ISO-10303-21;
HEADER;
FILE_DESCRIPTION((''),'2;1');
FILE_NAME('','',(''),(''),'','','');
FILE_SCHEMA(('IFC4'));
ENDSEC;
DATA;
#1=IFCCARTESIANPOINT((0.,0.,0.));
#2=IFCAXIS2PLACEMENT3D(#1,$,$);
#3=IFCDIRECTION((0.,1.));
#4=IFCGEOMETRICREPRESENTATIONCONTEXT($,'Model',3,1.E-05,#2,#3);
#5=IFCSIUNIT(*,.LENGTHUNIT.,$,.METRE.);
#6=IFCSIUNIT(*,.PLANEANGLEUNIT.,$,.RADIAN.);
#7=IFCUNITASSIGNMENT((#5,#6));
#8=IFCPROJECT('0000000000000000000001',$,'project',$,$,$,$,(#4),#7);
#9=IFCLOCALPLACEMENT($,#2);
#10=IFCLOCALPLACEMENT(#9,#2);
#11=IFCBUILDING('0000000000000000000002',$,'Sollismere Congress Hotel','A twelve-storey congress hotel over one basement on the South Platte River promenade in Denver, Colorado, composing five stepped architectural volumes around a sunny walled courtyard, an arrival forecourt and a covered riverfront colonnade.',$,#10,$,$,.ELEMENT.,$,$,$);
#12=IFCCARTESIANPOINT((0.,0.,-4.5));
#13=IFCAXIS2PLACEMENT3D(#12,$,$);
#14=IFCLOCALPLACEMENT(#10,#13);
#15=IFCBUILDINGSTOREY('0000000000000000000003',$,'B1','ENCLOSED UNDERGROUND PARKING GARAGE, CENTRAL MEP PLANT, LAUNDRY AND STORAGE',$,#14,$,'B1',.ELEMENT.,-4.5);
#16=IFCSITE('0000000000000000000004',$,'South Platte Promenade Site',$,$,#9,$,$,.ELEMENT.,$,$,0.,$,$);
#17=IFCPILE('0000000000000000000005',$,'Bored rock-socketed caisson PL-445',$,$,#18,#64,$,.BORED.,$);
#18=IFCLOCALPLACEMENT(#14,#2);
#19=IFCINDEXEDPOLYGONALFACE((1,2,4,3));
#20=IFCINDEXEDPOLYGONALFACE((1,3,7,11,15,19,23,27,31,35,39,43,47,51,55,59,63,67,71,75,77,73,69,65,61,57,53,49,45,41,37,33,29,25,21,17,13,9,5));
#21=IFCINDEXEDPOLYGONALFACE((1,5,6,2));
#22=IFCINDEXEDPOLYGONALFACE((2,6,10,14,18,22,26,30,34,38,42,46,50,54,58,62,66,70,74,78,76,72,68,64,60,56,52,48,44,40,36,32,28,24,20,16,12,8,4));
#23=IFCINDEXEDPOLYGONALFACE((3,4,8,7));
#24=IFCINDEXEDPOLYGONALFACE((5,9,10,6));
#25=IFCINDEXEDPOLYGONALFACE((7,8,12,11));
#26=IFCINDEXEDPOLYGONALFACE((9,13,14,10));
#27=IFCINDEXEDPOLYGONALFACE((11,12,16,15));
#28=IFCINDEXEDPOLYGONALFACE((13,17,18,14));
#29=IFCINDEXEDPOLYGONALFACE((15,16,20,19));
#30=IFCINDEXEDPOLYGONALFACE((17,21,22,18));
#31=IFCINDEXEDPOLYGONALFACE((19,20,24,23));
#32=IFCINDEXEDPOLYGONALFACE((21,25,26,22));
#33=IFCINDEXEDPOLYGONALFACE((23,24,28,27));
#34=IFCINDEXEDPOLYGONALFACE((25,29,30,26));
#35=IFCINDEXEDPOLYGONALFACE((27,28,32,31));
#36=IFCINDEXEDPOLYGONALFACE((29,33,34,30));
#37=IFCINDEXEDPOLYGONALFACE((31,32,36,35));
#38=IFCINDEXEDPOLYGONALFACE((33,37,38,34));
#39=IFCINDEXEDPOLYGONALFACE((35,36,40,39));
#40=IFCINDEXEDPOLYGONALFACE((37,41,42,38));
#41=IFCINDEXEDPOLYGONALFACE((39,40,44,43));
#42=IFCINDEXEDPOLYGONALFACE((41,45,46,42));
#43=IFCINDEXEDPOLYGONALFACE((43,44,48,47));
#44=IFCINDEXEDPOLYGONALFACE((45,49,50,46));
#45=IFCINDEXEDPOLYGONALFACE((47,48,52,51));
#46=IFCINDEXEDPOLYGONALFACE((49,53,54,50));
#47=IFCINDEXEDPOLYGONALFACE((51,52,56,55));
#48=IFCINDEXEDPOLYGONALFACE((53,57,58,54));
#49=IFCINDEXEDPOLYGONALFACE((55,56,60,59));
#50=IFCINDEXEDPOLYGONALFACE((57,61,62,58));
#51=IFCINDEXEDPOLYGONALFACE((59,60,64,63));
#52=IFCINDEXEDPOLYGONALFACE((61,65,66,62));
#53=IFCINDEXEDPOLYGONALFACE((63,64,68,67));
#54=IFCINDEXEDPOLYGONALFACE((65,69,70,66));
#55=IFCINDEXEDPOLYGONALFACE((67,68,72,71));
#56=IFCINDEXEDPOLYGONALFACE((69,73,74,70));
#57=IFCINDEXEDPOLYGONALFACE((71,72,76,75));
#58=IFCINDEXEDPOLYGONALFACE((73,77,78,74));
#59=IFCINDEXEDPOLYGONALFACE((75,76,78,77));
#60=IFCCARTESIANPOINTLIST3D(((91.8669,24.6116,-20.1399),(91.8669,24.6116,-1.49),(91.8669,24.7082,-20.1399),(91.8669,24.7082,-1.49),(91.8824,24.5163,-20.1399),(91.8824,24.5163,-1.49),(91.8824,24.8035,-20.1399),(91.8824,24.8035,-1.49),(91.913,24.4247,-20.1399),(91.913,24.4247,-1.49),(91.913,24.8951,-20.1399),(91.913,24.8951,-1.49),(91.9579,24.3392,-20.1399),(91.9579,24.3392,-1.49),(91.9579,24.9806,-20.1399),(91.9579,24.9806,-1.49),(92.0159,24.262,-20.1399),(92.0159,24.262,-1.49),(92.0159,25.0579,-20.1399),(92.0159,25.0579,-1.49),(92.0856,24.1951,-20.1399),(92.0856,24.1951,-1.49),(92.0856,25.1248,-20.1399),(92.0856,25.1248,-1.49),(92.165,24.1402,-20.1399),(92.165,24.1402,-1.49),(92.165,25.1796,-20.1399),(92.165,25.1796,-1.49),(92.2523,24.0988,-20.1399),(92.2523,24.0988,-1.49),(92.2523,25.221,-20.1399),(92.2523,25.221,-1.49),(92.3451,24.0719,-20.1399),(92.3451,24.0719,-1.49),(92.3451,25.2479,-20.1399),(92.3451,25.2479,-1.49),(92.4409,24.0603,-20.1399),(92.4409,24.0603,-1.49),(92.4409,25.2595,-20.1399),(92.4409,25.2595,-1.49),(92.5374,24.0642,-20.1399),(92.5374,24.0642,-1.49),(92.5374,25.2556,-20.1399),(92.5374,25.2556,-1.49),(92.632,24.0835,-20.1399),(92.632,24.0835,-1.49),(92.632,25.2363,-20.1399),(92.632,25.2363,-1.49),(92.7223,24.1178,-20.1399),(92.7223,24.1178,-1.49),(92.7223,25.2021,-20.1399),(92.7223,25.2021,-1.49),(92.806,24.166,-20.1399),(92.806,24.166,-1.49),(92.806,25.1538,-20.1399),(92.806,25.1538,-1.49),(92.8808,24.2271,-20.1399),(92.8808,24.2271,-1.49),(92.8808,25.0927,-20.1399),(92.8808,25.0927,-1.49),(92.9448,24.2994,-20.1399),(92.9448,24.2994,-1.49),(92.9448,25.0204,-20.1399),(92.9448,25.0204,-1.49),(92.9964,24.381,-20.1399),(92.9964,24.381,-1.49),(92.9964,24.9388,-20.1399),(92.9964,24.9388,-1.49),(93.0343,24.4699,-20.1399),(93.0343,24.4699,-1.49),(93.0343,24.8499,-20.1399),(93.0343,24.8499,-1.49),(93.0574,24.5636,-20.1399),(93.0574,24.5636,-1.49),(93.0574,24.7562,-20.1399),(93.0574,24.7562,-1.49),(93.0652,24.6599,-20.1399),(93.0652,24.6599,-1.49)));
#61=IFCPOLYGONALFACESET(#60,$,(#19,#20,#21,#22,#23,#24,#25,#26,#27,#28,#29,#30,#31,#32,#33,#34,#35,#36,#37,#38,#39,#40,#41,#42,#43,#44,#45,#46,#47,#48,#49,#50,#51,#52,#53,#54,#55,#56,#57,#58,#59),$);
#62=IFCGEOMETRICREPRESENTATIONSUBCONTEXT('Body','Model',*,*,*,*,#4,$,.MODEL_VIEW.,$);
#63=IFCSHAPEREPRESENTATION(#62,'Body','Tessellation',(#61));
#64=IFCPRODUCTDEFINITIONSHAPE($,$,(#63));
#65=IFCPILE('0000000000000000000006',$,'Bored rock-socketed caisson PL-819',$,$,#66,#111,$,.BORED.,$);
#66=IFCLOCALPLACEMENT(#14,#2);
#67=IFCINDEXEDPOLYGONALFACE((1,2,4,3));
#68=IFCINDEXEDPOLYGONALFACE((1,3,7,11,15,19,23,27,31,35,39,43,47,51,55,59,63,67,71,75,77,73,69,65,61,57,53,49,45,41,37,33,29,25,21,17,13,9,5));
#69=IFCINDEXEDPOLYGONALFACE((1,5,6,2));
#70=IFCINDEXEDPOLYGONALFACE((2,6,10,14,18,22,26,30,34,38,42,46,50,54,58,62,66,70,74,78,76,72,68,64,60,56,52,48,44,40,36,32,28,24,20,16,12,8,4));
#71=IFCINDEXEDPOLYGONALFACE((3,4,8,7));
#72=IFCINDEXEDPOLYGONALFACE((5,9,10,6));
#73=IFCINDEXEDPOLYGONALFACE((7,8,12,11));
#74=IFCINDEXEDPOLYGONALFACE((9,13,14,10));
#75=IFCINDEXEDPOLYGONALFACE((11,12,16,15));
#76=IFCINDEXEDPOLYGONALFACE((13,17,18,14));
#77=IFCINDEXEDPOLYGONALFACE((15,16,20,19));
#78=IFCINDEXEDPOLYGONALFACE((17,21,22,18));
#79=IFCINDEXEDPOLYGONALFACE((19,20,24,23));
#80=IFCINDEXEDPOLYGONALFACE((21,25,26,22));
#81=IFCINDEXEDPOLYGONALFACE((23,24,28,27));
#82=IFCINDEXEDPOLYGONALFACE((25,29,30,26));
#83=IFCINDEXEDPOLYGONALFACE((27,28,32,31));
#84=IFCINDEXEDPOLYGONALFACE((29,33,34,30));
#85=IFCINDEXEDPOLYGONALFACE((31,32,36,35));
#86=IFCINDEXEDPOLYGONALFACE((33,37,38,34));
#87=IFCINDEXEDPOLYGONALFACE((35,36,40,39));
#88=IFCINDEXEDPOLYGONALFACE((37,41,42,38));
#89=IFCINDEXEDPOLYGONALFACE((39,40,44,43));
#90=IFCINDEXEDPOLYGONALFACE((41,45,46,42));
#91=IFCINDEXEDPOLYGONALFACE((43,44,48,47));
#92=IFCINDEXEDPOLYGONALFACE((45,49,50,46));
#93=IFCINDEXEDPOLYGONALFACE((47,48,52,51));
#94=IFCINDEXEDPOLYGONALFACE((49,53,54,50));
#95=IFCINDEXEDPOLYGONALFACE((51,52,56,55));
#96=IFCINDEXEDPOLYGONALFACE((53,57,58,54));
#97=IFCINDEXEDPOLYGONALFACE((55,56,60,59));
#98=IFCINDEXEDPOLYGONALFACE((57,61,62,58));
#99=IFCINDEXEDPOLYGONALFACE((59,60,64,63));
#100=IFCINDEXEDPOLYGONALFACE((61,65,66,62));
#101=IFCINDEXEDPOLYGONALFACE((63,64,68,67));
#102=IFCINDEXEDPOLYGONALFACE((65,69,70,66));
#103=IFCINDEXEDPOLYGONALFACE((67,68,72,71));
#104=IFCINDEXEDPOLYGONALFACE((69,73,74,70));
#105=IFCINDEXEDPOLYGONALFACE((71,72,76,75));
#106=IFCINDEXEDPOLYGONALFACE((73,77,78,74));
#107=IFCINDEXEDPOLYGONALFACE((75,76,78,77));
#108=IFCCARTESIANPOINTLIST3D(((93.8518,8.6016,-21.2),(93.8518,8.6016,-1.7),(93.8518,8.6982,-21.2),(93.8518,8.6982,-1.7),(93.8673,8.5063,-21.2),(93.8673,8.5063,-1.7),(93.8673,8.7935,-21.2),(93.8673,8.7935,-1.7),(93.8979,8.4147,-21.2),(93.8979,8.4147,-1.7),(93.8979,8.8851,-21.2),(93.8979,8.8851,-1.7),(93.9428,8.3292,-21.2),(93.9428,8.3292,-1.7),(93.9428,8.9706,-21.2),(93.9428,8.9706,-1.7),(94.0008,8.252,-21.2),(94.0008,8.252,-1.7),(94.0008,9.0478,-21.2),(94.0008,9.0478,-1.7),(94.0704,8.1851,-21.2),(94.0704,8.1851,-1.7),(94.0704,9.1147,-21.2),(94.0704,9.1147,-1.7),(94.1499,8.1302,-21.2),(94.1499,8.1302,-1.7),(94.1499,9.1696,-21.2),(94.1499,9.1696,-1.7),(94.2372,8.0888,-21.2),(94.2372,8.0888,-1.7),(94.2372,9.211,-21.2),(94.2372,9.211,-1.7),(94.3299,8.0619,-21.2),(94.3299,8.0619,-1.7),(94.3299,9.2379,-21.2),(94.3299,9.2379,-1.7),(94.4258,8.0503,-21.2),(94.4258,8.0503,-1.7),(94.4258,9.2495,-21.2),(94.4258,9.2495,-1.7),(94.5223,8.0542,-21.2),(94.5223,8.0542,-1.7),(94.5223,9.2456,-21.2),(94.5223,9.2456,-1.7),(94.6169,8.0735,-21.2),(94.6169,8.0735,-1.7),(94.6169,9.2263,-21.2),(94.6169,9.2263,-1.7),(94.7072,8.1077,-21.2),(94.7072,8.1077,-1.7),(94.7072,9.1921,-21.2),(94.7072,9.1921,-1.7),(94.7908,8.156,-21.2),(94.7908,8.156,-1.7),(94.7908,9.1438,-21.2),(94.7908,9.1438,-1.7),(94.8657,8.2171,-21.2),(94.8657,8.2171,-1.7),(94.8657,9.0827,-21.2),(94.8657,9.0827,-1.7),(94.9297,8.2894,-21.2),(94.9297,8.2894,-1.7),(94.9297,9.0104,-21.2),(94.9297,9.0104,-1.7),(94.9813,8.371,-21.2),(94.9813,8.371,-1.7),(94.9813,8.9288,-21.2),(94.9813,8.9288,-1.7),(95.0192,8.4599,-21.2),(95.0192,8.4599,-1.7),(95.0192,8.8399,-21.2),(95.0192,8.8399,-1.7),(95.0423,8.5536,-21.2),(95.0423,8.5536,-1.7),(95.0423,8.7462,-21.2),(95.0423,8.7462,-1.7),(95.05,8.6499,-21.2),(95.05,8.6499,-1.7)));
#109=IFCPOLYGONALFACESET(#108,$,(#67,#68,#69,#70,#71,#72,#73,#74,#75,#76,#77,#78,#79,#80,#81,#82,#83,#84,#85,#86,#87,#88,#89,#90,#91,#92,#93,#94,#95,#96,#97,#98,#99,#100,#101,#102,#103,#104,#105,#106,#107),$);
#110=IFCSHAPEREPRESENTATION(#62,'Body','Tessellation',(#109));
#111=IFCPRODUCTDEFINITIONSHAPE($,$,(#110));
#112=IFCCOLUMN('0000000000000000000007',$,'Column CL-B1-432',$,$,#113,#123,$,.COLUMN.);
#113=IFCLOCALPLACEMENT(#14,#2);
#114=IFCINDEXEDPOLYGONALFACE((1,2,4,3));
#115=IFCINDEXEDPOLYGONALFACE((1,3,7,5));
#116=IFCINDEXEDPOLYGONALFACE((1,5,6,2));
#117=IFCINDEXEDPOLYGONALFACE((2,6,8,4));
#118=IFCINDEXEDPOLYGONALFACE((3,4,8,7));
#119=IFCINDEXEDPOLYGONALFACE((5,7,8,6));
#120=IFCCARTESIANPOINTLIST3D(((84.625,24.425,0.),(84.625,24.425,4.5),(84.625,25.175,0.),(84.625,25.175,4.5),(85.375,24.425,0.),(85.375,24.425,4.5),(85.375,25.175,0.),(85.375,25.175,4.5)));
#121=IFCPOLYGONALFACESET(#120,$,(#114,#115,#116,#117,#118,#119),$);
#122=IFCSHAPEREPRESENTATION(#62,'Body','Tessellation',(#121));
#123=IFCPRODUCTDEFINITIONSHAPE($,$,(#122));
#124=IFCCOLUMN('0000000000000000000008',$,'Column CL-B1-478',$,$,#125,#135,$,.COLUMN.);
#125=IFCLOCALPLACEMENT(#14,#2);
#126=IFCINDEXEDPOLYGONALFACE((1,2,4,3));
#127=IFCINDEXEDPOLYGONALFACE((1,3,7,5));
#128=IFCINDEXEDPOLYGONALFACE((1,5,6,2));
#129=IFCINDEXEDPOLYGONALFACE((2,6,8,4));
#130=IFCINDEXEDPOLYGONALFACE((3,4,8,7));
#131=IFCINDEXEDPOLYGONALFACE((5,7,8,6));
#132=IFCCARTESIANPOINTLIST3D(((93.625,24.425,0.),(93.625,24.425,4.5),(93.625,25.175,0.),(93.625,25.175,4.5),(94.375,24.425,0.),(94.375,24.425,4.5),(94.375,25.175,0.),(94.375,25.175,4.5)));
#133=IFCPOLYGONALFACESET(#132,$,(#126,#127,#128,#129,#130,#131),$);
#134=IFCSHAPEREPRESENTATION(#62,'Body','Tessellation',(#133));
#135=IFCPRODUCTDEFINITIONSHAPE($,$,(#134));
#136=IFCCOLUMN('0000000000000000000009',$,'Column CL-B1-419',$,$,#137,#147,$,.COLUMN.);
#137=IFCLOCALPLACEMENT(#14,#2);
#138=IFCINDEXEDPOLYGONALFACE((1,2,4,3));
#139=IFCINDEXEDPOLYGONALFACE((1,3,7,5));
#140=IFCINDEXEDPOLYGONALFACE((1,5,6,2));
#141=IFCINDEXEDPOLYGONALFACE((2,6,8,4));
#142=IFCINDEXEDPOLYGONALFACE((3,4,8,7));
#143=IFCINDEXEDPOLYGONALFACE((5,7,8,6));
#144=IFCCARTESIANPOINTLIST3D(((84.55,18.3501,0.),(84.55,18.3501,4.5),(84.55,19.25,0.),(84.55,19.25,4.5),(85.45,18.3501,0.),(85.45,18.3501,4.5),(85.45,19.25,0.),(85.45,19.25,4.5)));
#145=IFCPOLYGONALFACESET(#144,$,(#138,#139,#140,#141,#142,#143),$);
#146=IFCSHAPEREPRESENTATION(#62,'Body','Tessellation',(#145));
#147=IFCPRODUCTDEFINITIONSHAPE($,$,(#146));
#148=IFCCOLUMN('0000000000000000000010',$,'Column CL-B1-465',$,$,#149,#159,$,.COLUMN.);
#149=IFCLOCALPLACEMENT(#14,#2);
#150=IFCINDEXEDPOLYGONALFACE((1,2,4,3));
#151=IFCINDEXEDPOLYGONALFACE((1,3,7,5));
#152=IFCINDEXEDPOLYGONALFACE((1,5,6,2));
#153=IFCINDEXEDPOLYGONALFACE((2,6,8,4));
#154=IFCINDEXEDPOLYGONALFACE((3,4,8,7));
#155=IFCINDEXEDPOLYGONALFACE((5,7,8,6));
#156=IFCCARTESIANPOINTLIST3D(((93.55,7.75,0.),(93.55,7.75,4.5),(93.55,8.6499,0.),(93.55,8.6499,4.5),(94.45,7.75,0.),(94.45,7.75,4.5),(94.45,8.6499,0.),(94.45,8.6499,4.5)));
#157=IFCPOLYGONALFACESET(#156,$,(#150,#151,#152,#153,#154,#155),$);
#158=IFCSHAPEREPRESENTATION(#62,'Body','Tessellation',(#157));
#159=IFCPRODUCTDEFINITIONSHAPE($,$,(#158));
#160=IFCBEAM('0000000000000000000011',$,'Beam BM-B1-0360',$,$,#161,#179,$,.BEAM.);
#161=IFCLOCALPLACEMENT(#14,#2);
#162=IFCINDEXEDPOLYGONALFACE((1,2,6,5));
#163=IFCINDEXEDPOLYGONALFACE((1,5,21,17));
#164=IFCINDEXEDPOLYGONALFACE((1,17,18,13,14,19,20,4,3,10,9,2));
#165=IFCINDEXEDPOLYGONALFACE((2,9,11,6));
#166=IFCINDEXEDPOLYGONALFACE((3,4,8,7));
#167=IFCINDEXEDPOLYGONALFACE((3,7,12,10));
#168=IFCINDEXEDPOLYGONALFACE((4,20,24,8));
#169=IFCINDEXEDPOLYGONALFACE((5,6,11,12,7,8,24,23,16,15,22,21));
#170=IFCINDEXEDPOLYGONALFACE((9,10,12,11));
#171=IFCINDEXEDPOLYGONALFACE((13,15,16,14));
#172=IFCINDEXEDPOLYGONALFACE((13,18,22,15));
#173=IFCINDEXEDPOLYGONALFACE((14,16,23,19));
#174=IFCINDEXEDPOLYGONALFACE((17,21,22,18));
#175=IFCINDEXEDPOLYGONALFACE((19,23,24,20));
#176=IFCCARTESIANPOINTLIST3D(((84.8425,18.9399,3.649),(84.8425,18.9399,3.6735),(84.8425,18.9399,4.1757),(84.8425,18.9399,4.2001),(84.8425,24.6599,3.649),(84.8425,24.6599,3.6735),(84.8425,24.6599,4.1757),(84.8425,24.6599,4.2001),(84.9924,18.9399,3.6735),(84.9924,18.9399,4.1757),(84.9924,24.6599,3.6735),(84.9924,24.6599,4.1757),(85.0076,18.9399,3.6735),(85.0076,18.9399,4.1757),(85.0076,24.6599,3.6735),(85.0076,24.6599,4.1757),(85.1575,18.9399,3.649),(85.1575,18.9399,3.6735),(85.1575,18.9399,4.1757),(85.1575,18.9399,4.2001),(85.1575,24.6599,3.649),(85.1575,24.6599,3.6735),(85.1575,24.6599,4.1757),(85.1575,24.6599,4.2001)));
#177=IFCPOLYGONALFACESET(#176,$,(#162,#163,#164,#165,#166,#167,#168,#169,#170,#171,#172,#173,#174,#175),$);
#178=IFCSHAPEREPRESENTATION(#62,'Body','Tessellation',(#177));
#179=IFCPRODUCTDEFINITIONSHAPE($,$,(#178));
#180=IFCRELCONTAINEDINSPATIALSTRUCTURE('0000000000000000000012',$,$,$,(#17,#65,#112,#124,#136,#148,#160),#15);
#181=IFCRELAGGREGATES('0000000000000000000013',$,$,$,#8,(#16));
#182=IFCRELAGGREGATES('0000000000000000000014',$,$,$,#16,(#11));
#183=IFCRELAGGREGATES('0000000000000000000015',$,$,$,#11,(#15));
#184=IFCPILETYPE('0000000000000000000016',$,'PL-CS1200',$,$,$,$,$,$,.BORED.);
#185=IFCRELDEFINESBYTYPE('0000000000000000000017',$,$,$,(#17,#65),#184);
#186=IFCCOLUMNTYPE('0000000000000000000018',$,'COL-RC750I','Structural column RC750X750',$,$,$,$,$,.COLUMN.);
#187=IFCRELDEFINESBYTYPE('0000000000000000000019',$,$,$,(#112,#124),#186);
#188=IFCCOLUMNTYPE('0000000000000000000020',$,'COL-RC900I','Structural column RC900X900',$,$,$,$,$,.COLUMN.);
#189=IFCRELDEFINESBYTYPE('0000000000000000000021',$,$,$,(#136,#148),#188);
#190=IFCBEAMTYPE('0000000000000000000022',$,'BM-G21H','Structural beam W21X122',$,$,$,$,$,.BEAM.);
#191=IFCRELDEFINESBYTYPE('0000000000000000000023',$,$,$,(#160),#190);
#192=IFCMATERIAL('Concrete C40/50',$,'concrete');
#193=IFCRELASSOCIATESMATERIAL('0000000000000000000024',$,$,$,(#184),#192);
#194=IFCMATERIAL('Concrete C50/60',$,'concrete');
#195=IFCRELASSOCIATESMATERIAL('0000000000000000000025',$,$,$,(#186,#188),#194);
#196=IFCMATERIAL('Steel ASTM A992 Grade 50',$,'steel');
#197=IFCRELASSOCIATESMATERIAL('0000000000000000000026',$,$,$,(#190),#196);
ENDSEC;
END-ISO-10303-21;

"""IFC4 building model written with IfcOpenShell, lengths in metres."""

from ifc_helpers import new_model, si_unit, direction, frame, origin, origin_2d, place, context, subcontext, project, spatial, rectangle, circle, i_section, extrude, material, material_profile, profile_set, type_object, element, save


model = new_model("IFC4")

# Units and contexts
model_context = context("Model", 3, precision=1e-05, world=origin(), true_north=direction((0.0, 1.0)))
body_context = subcontext(model_context, "Body", "Model", "MODEL_VIEW")
ifc_project = project(units=[si_unit("LENGTHUNIT", "METRE"), si_unit("PLANEANGLEUNIT", "RADIAN")], contexts=[model_context])

# Site, building, storey
site_placement = place(None, origin())
site = spatial("IfcSite", under=ifc_project, at=site_placement, Name="South Platte Promenade Site", CompositionType="ELEMENT", RefElevation=0.0)
building_placement = place(site_placement, origin())
building = spatial("IfcBuilding", under=site, at=building_placement, Name="Sollismere Congress Hotel", Description="A twelve-storey congress hotel over one basement on the South Platte River promenade in Denver, Colorado, composing five stepped architectural volumes around a sunny walled courtyard, an arrival forecourt and a covered riverfront colonnade.", CompositionType="ELEMENT")
storey_placement = place(building_placement, frame((0.0, 0.0, -4.5)))
storey = spatial("IfcBuildingStorey", under=building, at=storey_placement, Name="B1", Description="ENCLOSED UNDERGROUND PARKING GARAGE, CENTRAL MEP PLANT, LAUNDRY AND STORAGE", LongName="B1", CompositionType="ELEMENT", Elevation=-4.5)

# Shared definitions
ifc_material_1 = material(Name="Concrete C40/50", Category="concrete")

# Piles
ifc_material_profile_1 = material_profile(ifc_material_1, circle(Radius=0.6001, at=origin_2d()), Name="CAISSON1200")
ifc_profile_set_1 = profile_set([ifc_material_profile_1], Name="Concrete C40/50")
pile_type = type_object("IfcPileType", Name="PL-CS1200", PredefinedType="BORED", material=ifc_profile_set_1)
for number, where, z_axis, x_axis, name in (
    (1, (92.4651, 24.6599, -1.49), (0.0, 0.0, -1.0), (1.0, 0.0, 0.0), "Bored rock-socketed caisson PL-445"),
):
    element("IfcPile", number, at=place(storey_placement, frame(where, z_axis=z_axis, x_axis=x_axis)), inside=storey, type_object=pile_type, Name=name, PredefinedType="BORED", context=body_context, shape_type="SweptSolid", body=[
        extrude(circle(Radius=0.6001, at=origin_2d()), origin(), (0.0, 0.0, 1.0), 18.6499),
    ])
pile_1_placement = place(storey_placement, frame((94.45, 8.6499, -1.7), z_axis=(0.0, 0.0, -1.0), x_axis=(1.0, 0.0, 0.0)))
element("IfcPile", 2, at=pile_1_placement, inside=storey, type_object=pile_type, Name="Bored rock-socketed caisson PL-819", PredefinedType="BORED", context=body_context, shape_type="SweptSolid", body=[
    extrude(circle(Radius=0.6001, at=origin_2d()), origin(), (0.0, 0.0, 1.0), 19.5),
])

# Columns
ifc_material_2 = material(Name="Concrete C50/60", Category="concrete")
ifc_material_profile_2 = material_profile(ifc_material_2, rectangle(XDim=0.75, YDim=0.75, at=origin_2d()), Name="RC750X750")
ifc_profile_set_2 = profile_set([ifc_material_profile_2], Name="Concrete C50/60")
column_type_1 = type_object("IfcColumnType", Name="COL-RC750I", Description="Structural column RC750X750", PredefinedType="COLUMN", material=ifc_profile_set_2)
for number, where, z_axis, x_axis, name in (
    (3, (85.0, 24.8, 0.0), (0.0, 0.0, 1.0), (0.0, 1.0, 0.0), "Column CL-B1-432"),
    (4, (94.0, 24.8, 0.0), (0.0, 0.0, 1.0), (0.0, 1.0, 0.0), "Column CL-B1-478"),
):
    element("IfcColumn", number, at=place(storey_placement, frame(where, z_axis=z_axis, x_axis=x_axis)), inside=storey, type_object=column_type_1, Name=name, PredefinedType="COLUMN", context=body_context, shape_type="SweptSolid", body=[
        extrude(rectangle(XDim=0.75, YDim=0.75, at=origin_2d()), origin(), (0.0, 0.0, 1.0), 4.5),
    ])
ifc_material_profile_3 = material_profile(ifc_material_2, rectangle(XDim=0.8999, YDim=0.8999, at=origin_2d()), Name="RC900X900")
ifc_profile_set_3 = profile_set([ifc_material_profile_3], Name="Concrete C50/60")
column_type_2 = type_object("IfcColumnType", Name="COL-RC900I", Description="Structural column RC900X900", PredefinedType="COLUMN", material=ifc_profile_set_3)
for number, where, z_axis, x_axis, name in (
    (5, (85.0, 18.8, 0.0), (0.0, 0.0, 1.0), (0.0, 1.0, 0.0), "Column CL-B1-419"),
    (6, (94.0, 8.2, 0.0), (0.0, 0.0, 1.0), (1.0, 0.0, 0.0), "Column CL-B1-465"),
):
    element("IfcColumn", number, at=place(storey_placement, frame(where, z_axis=z_axis, x_axis=x_axis)), inside=storey, type_object=column_type_2, Name=name, PredefinedType="COLUMN", context=body_context, shape_type="SweptSolid", body=[
        extrude(rectangle(XDim=0.8999, YDim=0.8999, at=origin_2d()), origin(), (0.0, 0.0, 1.0), 4.5),
    ])

# Beam
ifc_material_3 = material(Name="Steel ASTM A992 Grade 50", Category="steel")
ifc_material_profile_4 = material_profile(ifc_material_3, i_section(OverallWidth=0.3149, OverallDepth=0.551, WebThickness=0.0151, FlangeThickness=0.0244, at=origin_2d()), Name="W21X122")
ifc_profile_set_4 = profile_set([ifc_material_profile_4], Name="Steel ASTM A992 Grade 50")
beam_type_1 = type_object("IfcBeamType", Name="BM-G21H", Description="Structural beam W21X122", PredefinedType="BEAM", material=ifc_profile_set_4)
beam_placement = place(storey_placement, frame((85.0, 18.9399, 3.9246), z_axis=(0.0, 1.0, 0.0), x_axis=(-1.0, 0.0, 0.0)))
element("IfcBeam", 7, at=beam_placement, inside=storey, type_object=beam_type_1, Name="Beam BM-B1-0360", PredefinedType="BEAM", context=body_context, shape_type="SweptSolid", body=[
    extrude(i_section(OverallWidth=0.3149, OverallDepth=0.551, WebThickness=0.0151, FlangeThickness=0.0244, at=origin_2d()), origin(), (0.0, 0.0, 1.0), 5.72),
])

save(model, "model.ifc")
